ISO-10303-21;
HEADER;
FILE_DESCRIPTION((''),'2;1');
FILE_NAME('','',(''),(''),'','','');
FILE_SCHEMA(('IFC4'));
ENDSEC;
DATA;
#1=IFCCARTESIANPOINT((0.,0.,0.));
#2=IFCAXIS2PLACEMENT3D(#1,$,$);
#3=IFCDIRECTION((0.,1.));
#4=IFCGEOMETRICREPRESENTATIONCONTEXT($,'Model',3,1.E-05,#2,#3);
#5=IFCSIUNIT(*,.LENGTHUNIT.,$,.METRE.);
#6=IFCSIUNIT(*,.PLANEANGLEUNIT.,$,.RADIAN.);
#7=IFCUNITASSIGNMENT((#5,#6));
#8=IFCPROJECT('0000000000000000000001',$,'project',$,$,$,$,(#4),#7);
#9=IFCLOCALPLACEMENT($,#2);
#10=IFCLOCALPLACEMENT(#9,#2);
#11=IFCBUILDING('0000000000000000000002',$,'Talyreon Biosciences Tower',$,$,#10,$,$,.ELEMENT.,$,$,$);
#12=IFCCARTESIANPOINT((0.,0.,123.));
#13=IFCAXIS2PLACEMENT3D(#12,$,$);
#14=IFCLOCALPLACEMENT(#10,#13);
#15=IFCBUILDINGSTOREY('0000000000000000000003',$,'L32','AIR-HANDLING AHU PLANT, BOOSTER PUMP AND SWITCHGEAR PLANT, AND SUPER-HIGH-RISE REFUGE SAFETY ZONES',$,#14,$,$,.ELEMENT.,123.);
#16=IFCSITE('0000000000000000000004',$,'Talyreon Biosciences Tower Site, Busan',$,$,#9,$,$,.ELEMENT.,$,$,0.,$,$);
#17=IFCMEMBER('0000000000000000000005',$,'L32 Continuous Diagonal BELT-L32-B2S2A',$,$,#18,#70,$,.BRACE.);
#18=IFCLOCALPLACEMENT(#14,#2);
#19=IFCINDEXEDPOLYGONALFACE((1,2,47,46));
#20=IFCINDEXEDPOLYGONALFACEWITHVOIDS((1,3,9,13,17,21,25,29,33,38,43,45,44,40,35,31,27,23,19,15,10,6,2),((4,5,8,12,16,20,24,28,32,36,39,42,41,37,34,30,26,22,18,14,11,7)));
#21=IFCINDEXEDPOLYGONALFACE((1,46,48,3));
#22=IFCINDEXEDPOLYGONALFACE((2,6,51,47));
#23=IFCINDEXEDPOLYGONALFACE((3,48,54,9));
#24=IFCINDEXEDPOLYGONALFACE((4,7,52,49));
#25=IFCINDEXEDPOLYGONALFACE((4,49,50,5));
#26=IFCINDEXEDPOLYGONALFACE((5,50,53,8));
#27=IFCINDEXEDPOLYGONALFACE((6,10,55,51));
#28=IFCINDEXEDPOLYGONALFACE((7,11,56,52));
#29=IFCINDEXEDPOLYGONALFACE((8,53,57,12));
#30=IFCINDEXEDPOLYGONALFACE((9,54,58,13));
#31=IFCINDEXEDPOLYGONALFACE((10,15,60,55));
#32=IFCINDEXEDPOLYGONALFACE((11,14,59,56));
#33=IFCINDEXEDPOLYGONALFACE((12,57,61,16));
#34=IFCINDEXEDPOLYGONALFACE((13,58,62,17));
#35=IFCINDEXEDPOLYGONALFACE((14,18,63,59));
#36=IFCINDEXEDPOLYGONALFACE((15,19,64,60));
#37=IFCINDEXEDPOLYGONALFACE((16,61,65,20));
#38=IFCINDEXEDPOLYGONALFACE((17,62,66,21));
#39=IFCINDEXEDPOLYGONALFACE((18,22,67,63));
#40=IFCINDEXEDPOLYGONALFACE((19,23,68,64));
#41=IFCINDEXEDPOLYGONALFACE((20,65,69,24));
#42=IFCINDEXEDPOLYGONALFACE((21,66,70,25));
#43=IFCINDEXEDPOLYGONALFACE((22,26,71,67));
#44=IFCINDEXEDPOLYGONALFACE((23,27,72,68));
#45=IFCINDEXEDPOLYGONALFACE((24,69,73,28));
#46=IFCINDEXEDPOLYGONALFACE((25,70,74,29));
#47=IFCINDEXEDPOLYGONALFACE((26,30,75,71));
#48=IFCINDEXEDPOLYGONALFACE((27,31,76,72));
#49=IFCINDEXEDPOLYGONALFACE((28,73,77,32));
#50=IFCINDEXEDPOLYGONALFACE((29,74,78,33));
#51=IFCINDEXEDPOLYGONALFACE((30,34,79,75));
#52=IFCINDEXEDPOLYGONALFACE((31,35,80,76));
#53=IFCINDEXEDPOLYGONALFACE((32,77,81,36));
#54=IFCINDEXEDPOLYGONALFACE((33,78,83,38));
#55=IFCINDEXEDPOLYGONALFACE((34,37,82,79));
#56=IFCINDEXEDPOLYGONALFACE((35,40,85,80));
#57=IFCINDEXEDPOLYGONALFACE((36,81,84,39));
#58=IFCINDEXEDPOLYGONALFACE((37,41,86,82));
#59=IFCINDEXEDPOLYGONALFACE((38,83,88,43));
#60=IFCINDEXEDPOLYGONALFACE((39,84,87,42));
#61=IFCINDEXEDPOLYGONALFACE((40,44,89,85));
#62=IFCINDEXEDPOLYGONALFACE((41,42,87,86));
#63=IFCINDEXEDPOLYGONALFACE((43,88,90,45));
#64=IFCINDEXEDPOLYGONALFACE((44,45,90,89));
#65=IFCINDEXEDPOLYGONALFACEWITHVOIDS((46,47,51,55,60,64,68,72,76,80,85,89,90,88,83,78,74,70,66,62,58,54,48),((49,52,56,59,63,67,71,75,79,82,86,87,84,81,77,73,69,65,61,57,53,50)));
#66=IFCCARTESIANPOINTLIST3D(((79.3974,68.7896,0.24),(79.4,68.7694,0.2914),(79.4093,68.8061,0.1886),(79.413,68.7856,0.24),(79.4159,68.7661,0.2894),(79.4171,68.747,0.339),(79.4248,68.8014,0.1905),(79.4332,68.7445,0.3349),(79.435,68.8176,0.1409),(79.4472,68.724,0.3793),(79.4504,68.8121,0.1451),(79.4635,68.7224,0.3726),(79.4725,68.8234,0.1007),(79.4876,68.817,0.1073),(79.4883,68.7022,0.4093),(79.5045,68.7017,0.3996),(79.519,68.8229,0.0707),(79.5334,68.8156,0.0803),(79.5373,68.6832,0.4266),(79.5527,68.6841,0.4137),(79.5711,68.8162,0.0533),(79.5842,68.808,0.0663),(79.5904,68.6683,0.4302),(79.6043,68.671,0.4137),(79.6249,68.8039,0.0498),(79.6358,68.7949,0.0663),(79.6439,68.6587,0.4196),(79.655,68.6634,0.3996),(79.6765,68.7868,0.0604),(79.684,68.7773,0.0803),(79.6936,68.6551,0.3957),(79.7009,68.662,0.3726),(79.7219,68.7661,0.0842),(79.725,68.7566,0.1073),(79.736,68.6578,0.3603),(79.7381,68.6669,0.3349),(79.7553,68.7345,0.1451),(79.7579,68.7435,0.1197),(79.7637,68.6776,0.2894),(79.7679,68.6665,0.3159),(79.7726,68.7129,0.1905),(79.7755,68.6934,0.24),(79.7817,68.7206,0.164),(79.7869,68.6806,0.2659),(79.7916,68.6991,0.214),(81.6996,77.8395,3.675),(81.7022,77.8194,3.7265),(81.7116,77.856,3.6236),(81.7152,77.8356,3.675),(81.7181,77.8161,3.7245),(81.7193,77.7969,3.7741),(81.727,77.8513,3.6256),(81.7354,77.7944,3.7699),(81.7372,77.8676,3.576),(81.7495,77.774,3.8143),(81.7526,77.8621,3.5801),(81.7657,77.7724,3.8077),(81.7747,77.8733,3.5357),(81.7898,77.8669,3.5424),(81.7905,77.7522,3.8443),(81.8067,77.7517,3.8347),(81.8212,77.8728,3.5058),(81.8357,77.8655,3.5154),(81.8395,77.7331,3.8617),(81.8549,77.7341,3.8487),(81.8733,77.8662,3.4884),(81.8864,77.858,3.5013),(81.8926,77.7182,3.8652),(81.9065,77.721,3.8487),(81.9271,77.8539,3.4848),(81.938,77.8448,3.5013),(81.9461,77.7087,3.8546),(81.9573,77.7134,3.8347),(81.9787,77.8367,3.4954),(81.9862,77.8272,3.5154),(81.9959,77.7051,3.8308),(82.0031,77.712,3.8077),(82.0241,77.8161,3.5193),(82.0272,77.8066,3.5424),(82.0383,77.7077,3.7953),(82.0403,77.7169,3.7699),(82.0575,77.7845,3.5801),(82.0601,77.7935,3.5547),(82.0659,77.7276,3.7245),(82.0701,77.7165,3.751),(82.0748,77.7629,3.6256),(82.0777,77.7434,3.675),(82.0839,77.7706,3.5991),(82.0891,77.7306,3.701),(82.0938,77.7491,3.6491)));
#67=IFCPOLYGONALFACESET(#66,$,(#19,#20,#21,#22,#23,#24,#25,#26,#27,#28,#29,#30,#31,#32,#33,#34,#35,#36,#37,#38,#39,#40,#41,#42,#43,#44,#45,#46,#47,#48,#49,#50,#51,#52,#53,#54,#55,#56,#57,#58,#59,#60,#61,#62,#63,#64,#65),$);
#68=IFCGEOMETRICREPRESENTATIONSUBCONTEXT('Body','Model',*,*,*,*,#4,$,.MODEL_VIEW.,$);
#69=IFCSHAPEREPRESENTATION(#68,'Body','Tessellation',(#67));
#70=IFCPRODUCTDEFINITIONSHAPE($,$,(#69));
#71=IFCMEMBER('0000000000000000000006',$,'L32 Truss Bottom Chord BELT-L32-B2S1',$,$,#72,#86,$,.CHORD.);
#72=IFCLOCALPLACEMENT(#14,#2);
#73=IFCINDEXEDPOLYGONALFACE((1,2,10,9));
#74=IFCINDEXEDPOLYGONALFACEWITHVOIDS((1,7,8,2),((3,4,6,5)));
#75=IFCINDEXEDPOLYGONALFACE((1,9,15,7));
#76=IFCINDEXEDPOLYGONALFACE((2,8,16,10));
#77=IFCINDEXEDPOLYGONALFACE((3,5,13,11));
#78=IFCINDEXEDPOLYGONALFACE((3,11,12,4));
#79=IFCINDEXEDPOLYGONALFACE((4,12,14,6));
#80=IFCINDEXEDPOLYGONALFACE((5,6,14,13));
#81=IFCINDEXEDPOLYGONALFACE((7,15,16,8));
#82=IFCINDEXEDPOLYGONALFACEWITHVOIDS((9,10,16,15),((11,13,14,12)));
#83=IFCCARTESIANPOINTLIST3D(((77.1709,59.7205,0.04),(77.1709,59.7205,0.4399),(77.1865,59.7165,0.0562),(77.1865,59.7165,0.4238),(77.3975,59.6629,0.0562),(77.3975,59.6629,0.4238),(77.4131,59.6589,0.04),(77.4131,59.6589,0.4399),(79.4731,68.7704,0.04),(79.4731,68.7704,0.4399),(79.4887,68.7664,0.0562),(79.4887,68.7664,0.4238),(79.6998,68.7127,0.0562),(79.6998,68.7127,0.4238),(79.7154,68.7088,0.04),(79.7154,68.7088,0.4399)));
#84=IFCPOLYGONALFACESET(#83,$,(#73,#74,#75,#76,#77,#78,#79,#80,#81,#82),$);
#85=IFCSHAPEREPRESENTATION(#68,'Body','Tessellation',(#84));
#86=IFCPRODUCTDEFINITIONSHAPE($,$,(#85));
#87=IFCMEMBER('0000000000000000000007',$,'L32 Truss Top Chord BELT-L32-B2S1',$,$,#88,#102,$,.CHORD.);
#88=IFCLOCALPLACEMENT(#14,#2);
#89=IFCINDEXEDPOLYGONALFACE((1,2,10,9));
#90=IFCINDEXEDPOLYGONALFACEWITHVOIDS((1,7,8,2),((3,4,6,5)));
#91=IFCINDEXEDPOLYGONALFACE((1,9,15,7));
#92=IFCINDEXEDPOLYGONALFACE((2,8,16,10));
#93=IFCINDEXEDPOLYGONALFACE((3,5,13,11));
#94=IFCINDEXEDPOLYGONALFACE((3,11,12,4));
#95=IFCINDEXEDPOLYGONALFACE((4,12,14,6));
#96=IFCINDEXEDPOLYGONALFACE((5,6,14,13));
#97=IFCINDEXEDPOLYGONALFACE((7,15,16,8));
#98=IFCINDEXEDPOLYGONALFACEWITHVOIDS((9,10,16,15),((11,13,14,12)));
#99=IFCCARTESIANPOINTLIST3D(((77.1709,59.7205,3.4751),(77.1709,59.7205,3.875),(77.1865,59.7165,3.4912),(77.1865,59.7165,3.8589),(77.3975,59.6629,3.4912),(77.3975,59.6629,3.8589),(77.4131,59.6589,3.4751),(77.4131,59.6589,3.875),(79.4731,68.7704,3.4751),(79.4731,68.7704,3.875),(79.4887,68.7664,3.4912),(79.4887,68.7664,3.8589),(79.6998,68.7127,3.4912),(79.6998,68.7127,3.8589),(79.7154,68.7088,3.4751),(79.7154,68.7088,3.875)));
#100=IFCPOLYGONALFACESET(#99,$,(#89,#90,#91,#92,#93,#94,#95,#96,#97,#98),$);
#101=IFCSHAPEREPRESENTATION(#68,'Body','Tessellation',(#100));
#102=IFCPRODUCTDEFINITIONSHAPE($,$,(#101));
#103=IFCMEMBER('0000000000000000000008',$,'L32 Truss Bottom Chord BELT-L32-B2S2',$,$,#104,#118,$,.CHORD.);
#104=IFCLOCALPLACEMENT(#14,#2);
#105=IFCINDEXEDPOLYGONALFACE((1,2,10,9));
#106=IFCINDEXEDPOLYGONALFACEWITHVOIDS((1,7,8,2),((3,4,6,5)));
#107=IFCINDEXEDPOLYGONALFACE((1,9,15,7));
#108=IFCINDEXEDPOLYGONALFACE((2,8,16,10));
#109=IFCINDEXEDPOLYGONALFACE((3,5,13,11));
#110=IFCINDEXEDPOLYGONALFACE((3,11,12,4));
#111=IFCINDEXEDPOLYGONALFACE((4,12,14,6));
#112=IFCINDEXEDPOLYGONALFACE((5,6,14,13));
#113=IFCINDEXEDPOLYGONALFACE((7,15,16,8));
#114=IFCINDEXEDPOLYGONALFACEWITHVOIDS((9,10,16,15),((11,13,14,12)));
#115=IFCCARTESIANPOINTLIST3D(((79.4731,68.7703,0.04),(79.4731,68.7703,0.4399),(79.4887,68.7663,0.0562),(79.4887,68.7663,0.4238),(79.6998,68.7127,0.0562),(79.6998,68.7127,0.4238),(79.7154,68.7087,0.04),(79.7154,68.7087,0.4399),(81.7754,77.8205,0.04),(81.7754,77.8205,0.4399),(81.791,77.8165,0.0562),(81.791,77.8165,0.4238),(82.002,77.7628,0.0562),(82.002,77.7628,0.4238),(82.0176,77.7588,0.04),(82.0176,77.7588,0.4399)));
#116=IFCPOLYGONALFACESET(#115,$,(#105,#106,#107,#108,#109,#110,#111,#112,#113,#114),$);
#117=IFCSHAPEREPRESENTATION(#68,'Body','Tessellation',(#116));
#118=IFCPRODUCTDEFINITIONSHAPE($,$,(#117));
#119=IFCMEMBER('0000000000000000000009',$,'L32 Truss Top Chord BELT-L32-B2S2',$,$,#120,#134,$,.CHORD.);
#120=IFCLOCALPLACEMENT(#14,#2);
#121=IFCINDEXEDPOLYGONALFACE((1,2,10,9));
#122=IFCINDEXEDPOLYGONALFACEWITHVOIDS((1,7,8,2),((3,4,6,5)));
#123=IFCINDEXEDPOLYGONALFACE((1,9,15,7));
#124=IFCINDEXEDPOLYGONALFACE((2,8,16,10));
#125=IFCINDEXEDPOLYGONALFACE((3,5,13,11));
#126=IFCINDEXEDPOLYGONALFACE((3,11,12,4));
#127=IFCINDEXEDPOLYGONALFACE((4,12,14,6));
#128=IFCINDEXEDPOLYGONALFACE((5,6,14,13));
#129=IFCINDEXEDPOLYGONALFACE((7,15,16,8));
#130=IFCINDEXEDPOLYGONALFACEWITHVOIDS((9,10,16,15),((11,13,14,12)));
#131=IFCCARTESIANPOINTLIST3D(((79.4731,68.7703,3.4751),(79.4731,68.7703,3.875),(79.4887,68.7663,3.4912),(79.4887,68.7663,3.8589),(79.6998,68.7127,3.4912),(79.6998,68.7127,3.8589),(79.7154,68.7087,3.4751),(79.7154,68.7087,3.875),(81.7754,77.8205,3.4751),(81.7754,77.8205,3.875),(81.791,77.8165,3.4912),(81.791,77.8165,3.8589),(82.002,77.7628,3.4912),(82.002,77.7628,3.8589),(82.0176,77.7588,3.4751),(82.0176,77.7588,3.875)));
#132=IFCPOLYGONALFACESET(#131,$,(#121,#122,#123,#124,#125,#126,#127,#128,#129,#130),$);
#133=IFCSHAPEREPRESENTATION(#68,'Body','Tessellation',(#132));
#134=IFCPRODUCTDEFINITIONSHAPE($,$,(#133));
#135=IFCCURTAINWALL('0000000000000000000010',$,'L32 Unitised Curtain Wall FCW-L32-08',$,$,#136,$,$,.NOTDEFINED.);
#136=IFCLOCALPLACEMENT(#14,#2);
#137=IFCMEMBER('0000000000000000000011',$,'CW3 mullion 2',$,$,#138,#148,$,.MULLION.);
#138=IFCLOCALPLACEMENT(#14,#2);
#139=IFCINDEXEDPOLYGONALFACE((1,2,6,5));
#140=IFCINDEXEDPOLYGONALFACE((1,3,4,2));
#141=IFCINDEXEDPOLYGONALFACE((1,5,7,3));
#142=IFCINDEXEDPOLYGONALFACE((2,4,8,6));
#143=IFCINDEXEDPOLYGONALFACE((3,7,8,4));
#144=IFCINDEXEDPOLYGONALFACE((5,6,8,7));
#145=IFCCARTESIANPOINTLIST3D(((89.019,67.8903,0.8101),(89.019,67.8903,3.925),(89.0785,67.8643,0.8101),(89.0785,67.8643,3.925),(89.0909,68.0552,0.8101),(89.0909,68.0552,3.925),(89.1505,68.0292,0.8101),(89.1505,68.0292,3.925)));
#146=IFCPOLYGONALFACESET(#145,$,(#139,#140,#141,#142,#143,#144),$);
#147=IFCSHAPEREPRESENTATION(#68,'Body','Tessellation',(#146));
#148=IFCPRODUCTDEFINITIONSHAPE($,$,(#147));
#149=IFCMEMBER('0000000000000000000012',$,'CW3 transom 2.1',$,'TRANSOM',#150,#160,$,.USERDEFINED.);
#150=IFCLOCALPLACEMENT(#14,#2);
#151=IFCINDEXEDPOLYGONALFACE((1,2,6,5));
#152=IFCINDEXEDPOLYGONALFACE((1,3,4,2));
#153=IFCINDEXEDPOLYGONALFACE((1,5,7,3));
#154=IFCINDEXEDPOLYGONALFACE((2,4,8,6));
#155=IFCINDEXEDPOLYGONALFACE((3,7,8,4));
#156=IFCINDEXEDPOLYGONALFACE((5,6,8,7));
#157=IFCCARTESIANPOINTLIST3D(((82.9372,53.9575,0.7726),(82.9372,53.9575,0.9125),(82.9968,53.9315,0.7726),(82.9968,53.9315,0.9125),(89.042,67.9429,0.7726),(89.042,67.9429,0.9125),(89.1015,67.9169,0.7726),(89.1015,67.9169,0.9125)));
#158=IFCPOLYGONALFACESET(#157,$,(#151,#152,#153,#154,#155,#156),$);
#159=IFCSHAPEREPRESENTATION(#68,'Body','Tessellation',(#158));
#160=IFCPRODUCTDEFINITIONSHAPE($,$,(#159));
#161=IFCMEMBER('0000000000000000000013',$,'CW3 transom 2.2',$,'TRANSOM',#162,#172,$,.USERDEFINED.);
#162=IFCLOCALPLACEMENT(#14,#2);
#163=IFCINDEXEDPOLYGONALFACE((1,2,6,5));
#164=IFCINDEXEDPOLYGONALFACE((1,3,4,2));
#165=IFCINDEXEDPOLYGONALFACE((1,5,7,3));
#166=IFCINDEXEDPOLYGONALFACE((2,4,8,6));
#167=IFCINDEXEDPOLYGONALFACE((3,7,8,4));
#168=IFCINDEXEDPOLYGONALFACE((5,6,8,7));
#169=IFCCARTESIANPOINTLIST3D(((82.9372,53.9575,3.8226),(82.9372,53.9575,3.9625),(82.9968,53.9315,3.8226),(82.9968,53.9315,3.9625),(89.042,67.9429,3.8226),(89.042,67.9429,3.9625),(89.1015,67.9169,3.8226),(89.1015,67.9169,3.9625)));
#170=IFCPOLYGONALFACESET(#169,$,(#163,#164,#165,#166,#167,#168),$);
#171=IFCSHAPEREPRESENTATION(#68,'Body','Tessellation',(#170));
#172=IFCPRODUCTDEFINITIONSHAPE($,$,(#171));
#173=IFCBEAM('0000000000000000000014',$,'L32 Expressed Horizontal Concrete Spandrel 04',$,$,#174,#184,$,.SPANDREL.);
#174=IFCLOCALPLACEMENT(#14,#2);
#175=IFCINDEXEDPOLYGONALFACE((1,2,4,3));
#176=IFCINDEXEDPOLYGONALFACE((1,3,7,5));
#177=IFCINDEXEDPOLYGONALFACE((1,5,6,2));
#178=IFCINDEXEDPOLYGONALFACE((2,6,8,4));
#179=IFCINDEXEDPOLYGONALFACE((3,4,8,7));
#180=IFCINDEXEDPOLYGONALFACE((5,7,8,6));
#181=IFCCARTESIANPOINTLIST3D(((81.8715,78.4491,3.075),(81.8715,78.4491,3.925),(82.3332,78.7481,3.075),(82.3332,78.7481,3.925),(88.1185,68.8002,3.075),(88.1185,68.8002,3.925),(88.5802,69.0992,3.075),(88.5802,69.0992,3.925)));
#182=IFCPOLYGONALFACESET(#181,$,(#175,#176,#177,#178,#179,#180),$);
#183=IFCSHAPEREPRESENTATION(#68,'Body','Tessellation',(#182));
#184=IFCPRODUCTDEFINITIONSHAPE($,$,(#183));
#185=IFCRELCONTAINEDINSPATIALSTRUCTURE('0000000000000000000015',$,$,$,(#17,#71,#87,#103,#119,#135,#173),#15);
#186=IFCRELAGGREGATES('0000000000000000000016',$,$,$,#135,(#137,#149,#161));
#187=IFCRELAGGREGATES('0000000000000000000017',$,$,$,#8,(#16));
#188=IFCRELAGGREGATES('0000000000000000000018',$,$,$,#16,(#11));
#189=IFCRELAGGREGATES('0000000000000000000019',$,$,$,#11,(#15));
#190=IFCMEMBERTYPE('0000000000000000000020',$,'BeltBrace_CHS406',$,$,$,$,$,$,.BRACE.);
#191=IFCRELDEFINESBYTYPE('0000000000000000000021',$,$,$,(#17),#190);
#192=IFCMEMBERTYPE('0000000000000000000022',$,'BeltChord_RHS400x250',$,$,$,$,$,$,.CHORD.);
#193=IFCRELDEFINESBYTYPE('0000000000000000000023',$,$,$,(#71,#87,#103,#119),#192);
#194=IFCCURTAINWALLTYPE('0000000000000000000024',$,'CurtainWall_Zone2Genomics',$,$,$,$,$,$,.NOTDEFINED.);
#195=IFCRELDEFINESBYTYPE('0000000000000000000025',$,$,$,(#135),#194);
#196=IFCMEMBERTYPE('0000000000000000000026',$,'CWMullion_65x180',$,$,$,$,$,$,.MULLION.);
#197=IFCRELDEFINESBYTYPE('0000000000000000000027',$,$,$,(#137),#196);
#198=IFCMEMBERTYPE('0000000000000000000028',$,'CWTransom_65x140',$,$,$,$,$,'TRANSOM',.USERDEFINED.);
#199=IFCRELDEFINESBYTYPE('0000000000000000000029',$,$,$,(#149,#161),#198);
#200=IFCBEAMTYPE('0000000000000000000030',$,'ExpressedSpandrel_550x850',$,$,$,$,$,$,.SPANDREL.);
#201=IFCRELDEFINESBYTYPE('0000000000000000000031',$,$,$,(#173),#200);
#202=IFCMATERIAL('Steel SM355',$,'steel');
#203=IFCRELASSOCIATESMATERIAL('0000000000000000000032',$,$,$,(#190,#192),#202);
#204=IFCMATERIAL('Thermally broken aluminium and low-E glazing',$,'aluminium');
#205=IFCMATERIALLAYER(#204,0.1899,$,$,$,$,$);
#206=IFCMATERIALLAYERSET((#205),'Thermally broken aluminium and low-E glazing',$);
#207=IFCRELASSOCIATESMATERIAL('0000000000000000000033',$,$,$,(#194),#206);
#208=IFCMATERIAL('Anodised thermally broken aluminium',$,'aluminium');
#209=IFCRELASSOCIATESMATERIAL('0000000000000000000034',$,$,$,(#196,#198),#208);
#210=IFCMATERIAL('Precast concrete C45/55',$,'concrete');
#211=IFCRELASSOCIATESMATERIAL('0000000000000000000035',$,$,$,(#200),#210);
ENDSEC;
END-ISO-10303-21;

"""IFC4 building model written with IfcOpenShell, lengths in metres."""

from ifc_helpers import new_model, si_unit, direction, frame, origin, origin_2d, place, context, subcontext, project, spatial, rectangle, hollow_rectangle, hollow_circle, extrude, material, layer, layer_set, material_profile, profile_set, type_object, element, aggregate, save


model = new_model("IFC4")

# Units and contexts
model_context = context("Model", 3, precision=1e-05, world=origin(), true_north=direction((0.0, 1.0)))
body_context = subcontext(model_context, "Body", "Model", "MODEL_VIEW")
ifc_project = project(units=[si_unit("LENGTHUNIT", "METRE"), si_unit("PLANEANGLEUNIT", "RADIAN")], contexts=[model_context])

# Site, building, storey
site_placement = place(None, origin())
site = spatial("IfcSite", under=ifc_project, at=site_placement, Name="Talyreon Biosciences Tower Site, Busan", CompositionType="ELEMENT", RefElevation=0.0)
building_placement = place(site_placement, origin())
building = spatial("IfcBuilding", under=site, at=building_placement, Name="Talyreon Biosciences Tower", CompositionType="ELEMENT")
storey_placement = place(building_placement, frame((0.0, 0.0, 123.0)))
storey = spatial("IfcBuildingStorey", under=building, at=storey_placement, Name="L32", Description="AIR-HANDLING AHU PLANT, BOOSTER PUMP AND SWITCHGEAR PLANT, AND SUPER-HIGH-RISE REFUGE SAFETY ZONES", CompositionType="ELEMENT", Elevation=123.0)

# Members
ifc_material_1 = material(Name="Steel SM355", Category="steel")
ifc_material_profile_1 = material_profile(ifc_material_1, hollow_circle(Radius=0.2031, WallThickness=0.0161, at=origin_2d()), Name="CHS 406.4x16")
ifc_profile_set_1 = profile_set([ifc_material_profile_1], Name="Steel SM355")
member_type_1 = type_object("IfcMemberType", Name="BeltBrace_CHS406", PredefinedType="BRACE", material=ifc_profile_set_1)
member_1_placement = place(storey_placement, frame((79.5942, 68.7395, 0.24), z_axis=(0.231381, 0.909549, 0.345231), x_axis=(-0.969133, 0.246538, 0.0)))
element("IfcMember", 1, at=member_1_placement, inside=storey, type_object=member_type_1, Name="L32 Continuous Diagonal BELT-L32-B2S2A", PredefinedType="BRACE", context=body_context, shape_type="SweptSolid", body=[
    extrude(hollow_circle(Radius=0.2031, WallThickness=0.0161, at=origin_2d()), origin(), (0.0, 0.0, 1.0), 9.95),
])
ifc_material_profile_2 = material_profile(ifc_material_1, hollow_rectangle(XDim=0.25, YDim=0.3999, WallThickness=0.0161, at=origin_2d()), Name="RHS 400x250x16")
ifc_profile_set_2 = profile_set([ifc_material_profile_2], Name="Steel SM355")
member_type_2 = type_object("IfcMemberType", Name="BeltChord_RHS400x250", PredefinedType="CHORD", material=ifc_profile_set_2)
for number, where, z_axis, x_axis, name in (
    (2, (77.292, 59.6897, 0.24), (0.246544, 0.969131, 0.0), (-0.969131, 0.246544, 0.0), "L32 Truss Bottom Chord BELT-L32-B2S1"),
    (3, (77.292, 59.6897, 3.675), (0.246544, 0.969131, 0.0), (-0.969131, 0.246544, 0.0), "L32 Truss Top Chord BELT-L32-B2S1"),
):
    element("IfcMember", number, at=place(storey_placement, frame(where, z_axis=z_axis, x_axis=x_axis)), inside=storey, type_object=member_type_2, Name=name, PredefinedType="CHORD", context=body_context, shape_type="SweptSolid", body=[
        extrude(hollow_rectangle(XDim=0.25, YDim=0.3999, WallThickness=0.0161, at=origin_2d()), origin(), (0.0, 0.0, 1.0), 9.3381),
    ])
for number, where, z_axis, x_axis, name in (
    (4, (79.5942, 68.7395, 0.24), (0.246538, 0.969133, 0.0), (-0.969133, 0.246538, 0.0), "L32 Truss Bottom Chord BELT-L32-B2S2"),
    (5, (79.5942, 68.7395, 3.675), (0.246538, 0.969133, 0.0), (-0.969133, 0.246538, 0.0), "L32 Truss Top Chord BELT-L32-B2S2"),
):
    element("IfcMember", number, at=place(storey_placement, frame(where, z_axis=z_axis, x_axis=x_axis)), inside=storey, type_object=member_type_2, Name=name, PredefinedType="CHORD", context=body_context, shape_type="SweptSolid", body=[
        extrude(hollow_rectangle(XDim=0.25, YDim=0.3999, WallThickness=0.0161, at=origin_2d()), origin(), (0.0, 0.0, 1.0), 9.3384),
    ])

# Curtain wall, members
ifc_material_2 = material(Name="Thermally broken aluminium and low-E glazing", Category="aluminium")
ifc_layer_1 = layer(ifc_material_2, 0.1899)
ifc_layer_set_1 = layer_set([ifc_layer_1], Name="Thermally broken aluminium and low-E glazing")
curtain_wall_type = type_object("IfcCurtainWallType", Name="CurtainWall_Zone2Genomics", PredefinedType="NOTDEFINED", material=ifc_layer_set_1)
curtain_wall_placement = place(storey_placement, origin())
curtain_wall = element("IfcCurtainWall", 6, at=curtain_wall_placement, inside=storey, type_object=curtain_wall_type, Name="L32 Unitised Curtain Wall FCW-L32-08", PredefinedType="NOTDEFINED")
ifc_material_3 = material(Name="Anodised thermally broken aluminium", Category="aluminium")
ifc_material_profile_3 = material_profile(ifc_material_3, rectangle(XDim=0.0649, YDim=0.1799, at=origin_2d()), Name="ALUM MULLION 65x180")
ifc_profile_set_3 = profile_set([ifc_material_profile_3], Name="Anodised thermally broken aluminium")
member_type_3 = type_object("IfcMemberType", Name="CWMullion_65x180", PredefinedType="MULLION", material=ifc_profile_set_3)
member_2_placement = place(storey_placement, frame((89.0847, 67.9597, 0.8101), z_axis=(0.0, 0.0, 1.0), x_axis=(0.91649, -0.400058, 0.0)))
member_2 = element("IfcMember", 7, at=member_2_placement, type_object=member_type_3, Name="CW3 mullion 2", PredefinedType="MULLION", context=body_context, shape_type="SweptSolid", body=[
    extrude(rectangle(XDim=0.0649, YDim=0.1799, at=origin_2d()), origin(), (0.0, 0.0, 1.0), 3.115),
])
ifc_material_profile_4 = material_profile(ifc_material_3, rectangle(XDim=0.0649, YDim=0.1399, at=origin_2d()), Name="ALUM TRANSOM 65x140")
ifc_profile_set_4 = profile_set([ifc_material_profile_4], Name="Anodised thermally broken aluminium")
member_type_4 = type_object("IfcMemberType", Name="CWTransom_65x140", ElementType="TRANSOM", PredefinedType="USERDEFINED", material=ifc_profile_set_4)
member_3_placement = place(storey_placement, frame((89.0718, 67.9299, 0.8425), z_axis=(-0.400057, -0.91649, 0.0), x_axis=(0.91649, -0.400057, 0.0)))
member_3 = element("IfcMember", 8, at=member_3_placement, type_object=member_type_4, Name="CW3 transom 2.1", ObjectType="TRANSOM", PredefinedType="USERDEFINED", context=body_context, shape_type="SweptSolid", body=[
    extrude(rectangle(XDim=0.0649, YDim=0.1399, at=origin_2d()), origin(), (0.0, 0.0, 1.0), 15.2598),
])
member_4_placement = place(storey_placement, frame((89.0718, 67.9299, 3.8926), z_axis=(-0.400057, -0.91649, 0.0), x_axis=(0.91649, -0.400057, 0.0)))
member_4 = element("IfcMember", 9, at=member_4_placement, type_object=member_type_4, Name="CW3 transom 2.2", ObjectType="TRANSOM", PredefinedType="USERDEFINED", context=body_context, shape_type="SweptSolid", body=[
    extrude(rectangle(XDim=0.0649, YDim=0.1399, at=origin_2d()), origin(), (0.0, 0.0, 1.0), 15.2598),
])

# Beam
ifc_material_4 = material(Name="Precast concrete C45/55", Category="concrete")
ifc_material_profile_5 = material_profile(ifc_material_4, rectangle(XDim=0.55, YDim=0.8501, at=origin_2d()), Name="RCB 550x850")
ifc_profile_set_5 = profile_set([ifc_material_profile_5], Name="Precast concrete C45/55")
beam_type = type_object("IfcBeamType", Name="ExpressedSpandrel_550x850", PredefinedType="SPANDREL", material=ifc_profile_set_5)
beam_placement = place(storey_placement, frame((88.3494, 68.9497, 3.5), z_axis=(-0.543475, 0.839425, 0.0), x_axis=(-0.839425, -0.543475, 0.0)))
element("IfcBeam", 10, at=beam_placement, inside=storey, type_object=beam_type, Name="L32 Expressed Horizontal Concrete Spandrel 04", PredefinedType="SPANDREL", context=body_context, shape_type="SweptSolid", body=[
    extrude(rectangle(XDim=0.55, YDim=0.8501, at=origin_2d()), origin(), (0.0, 0.0, 1.0), 11.4946),
])

aggregate(curtain_wall, [member_2, member_3, member_4])

save(model, "model.ifc")
